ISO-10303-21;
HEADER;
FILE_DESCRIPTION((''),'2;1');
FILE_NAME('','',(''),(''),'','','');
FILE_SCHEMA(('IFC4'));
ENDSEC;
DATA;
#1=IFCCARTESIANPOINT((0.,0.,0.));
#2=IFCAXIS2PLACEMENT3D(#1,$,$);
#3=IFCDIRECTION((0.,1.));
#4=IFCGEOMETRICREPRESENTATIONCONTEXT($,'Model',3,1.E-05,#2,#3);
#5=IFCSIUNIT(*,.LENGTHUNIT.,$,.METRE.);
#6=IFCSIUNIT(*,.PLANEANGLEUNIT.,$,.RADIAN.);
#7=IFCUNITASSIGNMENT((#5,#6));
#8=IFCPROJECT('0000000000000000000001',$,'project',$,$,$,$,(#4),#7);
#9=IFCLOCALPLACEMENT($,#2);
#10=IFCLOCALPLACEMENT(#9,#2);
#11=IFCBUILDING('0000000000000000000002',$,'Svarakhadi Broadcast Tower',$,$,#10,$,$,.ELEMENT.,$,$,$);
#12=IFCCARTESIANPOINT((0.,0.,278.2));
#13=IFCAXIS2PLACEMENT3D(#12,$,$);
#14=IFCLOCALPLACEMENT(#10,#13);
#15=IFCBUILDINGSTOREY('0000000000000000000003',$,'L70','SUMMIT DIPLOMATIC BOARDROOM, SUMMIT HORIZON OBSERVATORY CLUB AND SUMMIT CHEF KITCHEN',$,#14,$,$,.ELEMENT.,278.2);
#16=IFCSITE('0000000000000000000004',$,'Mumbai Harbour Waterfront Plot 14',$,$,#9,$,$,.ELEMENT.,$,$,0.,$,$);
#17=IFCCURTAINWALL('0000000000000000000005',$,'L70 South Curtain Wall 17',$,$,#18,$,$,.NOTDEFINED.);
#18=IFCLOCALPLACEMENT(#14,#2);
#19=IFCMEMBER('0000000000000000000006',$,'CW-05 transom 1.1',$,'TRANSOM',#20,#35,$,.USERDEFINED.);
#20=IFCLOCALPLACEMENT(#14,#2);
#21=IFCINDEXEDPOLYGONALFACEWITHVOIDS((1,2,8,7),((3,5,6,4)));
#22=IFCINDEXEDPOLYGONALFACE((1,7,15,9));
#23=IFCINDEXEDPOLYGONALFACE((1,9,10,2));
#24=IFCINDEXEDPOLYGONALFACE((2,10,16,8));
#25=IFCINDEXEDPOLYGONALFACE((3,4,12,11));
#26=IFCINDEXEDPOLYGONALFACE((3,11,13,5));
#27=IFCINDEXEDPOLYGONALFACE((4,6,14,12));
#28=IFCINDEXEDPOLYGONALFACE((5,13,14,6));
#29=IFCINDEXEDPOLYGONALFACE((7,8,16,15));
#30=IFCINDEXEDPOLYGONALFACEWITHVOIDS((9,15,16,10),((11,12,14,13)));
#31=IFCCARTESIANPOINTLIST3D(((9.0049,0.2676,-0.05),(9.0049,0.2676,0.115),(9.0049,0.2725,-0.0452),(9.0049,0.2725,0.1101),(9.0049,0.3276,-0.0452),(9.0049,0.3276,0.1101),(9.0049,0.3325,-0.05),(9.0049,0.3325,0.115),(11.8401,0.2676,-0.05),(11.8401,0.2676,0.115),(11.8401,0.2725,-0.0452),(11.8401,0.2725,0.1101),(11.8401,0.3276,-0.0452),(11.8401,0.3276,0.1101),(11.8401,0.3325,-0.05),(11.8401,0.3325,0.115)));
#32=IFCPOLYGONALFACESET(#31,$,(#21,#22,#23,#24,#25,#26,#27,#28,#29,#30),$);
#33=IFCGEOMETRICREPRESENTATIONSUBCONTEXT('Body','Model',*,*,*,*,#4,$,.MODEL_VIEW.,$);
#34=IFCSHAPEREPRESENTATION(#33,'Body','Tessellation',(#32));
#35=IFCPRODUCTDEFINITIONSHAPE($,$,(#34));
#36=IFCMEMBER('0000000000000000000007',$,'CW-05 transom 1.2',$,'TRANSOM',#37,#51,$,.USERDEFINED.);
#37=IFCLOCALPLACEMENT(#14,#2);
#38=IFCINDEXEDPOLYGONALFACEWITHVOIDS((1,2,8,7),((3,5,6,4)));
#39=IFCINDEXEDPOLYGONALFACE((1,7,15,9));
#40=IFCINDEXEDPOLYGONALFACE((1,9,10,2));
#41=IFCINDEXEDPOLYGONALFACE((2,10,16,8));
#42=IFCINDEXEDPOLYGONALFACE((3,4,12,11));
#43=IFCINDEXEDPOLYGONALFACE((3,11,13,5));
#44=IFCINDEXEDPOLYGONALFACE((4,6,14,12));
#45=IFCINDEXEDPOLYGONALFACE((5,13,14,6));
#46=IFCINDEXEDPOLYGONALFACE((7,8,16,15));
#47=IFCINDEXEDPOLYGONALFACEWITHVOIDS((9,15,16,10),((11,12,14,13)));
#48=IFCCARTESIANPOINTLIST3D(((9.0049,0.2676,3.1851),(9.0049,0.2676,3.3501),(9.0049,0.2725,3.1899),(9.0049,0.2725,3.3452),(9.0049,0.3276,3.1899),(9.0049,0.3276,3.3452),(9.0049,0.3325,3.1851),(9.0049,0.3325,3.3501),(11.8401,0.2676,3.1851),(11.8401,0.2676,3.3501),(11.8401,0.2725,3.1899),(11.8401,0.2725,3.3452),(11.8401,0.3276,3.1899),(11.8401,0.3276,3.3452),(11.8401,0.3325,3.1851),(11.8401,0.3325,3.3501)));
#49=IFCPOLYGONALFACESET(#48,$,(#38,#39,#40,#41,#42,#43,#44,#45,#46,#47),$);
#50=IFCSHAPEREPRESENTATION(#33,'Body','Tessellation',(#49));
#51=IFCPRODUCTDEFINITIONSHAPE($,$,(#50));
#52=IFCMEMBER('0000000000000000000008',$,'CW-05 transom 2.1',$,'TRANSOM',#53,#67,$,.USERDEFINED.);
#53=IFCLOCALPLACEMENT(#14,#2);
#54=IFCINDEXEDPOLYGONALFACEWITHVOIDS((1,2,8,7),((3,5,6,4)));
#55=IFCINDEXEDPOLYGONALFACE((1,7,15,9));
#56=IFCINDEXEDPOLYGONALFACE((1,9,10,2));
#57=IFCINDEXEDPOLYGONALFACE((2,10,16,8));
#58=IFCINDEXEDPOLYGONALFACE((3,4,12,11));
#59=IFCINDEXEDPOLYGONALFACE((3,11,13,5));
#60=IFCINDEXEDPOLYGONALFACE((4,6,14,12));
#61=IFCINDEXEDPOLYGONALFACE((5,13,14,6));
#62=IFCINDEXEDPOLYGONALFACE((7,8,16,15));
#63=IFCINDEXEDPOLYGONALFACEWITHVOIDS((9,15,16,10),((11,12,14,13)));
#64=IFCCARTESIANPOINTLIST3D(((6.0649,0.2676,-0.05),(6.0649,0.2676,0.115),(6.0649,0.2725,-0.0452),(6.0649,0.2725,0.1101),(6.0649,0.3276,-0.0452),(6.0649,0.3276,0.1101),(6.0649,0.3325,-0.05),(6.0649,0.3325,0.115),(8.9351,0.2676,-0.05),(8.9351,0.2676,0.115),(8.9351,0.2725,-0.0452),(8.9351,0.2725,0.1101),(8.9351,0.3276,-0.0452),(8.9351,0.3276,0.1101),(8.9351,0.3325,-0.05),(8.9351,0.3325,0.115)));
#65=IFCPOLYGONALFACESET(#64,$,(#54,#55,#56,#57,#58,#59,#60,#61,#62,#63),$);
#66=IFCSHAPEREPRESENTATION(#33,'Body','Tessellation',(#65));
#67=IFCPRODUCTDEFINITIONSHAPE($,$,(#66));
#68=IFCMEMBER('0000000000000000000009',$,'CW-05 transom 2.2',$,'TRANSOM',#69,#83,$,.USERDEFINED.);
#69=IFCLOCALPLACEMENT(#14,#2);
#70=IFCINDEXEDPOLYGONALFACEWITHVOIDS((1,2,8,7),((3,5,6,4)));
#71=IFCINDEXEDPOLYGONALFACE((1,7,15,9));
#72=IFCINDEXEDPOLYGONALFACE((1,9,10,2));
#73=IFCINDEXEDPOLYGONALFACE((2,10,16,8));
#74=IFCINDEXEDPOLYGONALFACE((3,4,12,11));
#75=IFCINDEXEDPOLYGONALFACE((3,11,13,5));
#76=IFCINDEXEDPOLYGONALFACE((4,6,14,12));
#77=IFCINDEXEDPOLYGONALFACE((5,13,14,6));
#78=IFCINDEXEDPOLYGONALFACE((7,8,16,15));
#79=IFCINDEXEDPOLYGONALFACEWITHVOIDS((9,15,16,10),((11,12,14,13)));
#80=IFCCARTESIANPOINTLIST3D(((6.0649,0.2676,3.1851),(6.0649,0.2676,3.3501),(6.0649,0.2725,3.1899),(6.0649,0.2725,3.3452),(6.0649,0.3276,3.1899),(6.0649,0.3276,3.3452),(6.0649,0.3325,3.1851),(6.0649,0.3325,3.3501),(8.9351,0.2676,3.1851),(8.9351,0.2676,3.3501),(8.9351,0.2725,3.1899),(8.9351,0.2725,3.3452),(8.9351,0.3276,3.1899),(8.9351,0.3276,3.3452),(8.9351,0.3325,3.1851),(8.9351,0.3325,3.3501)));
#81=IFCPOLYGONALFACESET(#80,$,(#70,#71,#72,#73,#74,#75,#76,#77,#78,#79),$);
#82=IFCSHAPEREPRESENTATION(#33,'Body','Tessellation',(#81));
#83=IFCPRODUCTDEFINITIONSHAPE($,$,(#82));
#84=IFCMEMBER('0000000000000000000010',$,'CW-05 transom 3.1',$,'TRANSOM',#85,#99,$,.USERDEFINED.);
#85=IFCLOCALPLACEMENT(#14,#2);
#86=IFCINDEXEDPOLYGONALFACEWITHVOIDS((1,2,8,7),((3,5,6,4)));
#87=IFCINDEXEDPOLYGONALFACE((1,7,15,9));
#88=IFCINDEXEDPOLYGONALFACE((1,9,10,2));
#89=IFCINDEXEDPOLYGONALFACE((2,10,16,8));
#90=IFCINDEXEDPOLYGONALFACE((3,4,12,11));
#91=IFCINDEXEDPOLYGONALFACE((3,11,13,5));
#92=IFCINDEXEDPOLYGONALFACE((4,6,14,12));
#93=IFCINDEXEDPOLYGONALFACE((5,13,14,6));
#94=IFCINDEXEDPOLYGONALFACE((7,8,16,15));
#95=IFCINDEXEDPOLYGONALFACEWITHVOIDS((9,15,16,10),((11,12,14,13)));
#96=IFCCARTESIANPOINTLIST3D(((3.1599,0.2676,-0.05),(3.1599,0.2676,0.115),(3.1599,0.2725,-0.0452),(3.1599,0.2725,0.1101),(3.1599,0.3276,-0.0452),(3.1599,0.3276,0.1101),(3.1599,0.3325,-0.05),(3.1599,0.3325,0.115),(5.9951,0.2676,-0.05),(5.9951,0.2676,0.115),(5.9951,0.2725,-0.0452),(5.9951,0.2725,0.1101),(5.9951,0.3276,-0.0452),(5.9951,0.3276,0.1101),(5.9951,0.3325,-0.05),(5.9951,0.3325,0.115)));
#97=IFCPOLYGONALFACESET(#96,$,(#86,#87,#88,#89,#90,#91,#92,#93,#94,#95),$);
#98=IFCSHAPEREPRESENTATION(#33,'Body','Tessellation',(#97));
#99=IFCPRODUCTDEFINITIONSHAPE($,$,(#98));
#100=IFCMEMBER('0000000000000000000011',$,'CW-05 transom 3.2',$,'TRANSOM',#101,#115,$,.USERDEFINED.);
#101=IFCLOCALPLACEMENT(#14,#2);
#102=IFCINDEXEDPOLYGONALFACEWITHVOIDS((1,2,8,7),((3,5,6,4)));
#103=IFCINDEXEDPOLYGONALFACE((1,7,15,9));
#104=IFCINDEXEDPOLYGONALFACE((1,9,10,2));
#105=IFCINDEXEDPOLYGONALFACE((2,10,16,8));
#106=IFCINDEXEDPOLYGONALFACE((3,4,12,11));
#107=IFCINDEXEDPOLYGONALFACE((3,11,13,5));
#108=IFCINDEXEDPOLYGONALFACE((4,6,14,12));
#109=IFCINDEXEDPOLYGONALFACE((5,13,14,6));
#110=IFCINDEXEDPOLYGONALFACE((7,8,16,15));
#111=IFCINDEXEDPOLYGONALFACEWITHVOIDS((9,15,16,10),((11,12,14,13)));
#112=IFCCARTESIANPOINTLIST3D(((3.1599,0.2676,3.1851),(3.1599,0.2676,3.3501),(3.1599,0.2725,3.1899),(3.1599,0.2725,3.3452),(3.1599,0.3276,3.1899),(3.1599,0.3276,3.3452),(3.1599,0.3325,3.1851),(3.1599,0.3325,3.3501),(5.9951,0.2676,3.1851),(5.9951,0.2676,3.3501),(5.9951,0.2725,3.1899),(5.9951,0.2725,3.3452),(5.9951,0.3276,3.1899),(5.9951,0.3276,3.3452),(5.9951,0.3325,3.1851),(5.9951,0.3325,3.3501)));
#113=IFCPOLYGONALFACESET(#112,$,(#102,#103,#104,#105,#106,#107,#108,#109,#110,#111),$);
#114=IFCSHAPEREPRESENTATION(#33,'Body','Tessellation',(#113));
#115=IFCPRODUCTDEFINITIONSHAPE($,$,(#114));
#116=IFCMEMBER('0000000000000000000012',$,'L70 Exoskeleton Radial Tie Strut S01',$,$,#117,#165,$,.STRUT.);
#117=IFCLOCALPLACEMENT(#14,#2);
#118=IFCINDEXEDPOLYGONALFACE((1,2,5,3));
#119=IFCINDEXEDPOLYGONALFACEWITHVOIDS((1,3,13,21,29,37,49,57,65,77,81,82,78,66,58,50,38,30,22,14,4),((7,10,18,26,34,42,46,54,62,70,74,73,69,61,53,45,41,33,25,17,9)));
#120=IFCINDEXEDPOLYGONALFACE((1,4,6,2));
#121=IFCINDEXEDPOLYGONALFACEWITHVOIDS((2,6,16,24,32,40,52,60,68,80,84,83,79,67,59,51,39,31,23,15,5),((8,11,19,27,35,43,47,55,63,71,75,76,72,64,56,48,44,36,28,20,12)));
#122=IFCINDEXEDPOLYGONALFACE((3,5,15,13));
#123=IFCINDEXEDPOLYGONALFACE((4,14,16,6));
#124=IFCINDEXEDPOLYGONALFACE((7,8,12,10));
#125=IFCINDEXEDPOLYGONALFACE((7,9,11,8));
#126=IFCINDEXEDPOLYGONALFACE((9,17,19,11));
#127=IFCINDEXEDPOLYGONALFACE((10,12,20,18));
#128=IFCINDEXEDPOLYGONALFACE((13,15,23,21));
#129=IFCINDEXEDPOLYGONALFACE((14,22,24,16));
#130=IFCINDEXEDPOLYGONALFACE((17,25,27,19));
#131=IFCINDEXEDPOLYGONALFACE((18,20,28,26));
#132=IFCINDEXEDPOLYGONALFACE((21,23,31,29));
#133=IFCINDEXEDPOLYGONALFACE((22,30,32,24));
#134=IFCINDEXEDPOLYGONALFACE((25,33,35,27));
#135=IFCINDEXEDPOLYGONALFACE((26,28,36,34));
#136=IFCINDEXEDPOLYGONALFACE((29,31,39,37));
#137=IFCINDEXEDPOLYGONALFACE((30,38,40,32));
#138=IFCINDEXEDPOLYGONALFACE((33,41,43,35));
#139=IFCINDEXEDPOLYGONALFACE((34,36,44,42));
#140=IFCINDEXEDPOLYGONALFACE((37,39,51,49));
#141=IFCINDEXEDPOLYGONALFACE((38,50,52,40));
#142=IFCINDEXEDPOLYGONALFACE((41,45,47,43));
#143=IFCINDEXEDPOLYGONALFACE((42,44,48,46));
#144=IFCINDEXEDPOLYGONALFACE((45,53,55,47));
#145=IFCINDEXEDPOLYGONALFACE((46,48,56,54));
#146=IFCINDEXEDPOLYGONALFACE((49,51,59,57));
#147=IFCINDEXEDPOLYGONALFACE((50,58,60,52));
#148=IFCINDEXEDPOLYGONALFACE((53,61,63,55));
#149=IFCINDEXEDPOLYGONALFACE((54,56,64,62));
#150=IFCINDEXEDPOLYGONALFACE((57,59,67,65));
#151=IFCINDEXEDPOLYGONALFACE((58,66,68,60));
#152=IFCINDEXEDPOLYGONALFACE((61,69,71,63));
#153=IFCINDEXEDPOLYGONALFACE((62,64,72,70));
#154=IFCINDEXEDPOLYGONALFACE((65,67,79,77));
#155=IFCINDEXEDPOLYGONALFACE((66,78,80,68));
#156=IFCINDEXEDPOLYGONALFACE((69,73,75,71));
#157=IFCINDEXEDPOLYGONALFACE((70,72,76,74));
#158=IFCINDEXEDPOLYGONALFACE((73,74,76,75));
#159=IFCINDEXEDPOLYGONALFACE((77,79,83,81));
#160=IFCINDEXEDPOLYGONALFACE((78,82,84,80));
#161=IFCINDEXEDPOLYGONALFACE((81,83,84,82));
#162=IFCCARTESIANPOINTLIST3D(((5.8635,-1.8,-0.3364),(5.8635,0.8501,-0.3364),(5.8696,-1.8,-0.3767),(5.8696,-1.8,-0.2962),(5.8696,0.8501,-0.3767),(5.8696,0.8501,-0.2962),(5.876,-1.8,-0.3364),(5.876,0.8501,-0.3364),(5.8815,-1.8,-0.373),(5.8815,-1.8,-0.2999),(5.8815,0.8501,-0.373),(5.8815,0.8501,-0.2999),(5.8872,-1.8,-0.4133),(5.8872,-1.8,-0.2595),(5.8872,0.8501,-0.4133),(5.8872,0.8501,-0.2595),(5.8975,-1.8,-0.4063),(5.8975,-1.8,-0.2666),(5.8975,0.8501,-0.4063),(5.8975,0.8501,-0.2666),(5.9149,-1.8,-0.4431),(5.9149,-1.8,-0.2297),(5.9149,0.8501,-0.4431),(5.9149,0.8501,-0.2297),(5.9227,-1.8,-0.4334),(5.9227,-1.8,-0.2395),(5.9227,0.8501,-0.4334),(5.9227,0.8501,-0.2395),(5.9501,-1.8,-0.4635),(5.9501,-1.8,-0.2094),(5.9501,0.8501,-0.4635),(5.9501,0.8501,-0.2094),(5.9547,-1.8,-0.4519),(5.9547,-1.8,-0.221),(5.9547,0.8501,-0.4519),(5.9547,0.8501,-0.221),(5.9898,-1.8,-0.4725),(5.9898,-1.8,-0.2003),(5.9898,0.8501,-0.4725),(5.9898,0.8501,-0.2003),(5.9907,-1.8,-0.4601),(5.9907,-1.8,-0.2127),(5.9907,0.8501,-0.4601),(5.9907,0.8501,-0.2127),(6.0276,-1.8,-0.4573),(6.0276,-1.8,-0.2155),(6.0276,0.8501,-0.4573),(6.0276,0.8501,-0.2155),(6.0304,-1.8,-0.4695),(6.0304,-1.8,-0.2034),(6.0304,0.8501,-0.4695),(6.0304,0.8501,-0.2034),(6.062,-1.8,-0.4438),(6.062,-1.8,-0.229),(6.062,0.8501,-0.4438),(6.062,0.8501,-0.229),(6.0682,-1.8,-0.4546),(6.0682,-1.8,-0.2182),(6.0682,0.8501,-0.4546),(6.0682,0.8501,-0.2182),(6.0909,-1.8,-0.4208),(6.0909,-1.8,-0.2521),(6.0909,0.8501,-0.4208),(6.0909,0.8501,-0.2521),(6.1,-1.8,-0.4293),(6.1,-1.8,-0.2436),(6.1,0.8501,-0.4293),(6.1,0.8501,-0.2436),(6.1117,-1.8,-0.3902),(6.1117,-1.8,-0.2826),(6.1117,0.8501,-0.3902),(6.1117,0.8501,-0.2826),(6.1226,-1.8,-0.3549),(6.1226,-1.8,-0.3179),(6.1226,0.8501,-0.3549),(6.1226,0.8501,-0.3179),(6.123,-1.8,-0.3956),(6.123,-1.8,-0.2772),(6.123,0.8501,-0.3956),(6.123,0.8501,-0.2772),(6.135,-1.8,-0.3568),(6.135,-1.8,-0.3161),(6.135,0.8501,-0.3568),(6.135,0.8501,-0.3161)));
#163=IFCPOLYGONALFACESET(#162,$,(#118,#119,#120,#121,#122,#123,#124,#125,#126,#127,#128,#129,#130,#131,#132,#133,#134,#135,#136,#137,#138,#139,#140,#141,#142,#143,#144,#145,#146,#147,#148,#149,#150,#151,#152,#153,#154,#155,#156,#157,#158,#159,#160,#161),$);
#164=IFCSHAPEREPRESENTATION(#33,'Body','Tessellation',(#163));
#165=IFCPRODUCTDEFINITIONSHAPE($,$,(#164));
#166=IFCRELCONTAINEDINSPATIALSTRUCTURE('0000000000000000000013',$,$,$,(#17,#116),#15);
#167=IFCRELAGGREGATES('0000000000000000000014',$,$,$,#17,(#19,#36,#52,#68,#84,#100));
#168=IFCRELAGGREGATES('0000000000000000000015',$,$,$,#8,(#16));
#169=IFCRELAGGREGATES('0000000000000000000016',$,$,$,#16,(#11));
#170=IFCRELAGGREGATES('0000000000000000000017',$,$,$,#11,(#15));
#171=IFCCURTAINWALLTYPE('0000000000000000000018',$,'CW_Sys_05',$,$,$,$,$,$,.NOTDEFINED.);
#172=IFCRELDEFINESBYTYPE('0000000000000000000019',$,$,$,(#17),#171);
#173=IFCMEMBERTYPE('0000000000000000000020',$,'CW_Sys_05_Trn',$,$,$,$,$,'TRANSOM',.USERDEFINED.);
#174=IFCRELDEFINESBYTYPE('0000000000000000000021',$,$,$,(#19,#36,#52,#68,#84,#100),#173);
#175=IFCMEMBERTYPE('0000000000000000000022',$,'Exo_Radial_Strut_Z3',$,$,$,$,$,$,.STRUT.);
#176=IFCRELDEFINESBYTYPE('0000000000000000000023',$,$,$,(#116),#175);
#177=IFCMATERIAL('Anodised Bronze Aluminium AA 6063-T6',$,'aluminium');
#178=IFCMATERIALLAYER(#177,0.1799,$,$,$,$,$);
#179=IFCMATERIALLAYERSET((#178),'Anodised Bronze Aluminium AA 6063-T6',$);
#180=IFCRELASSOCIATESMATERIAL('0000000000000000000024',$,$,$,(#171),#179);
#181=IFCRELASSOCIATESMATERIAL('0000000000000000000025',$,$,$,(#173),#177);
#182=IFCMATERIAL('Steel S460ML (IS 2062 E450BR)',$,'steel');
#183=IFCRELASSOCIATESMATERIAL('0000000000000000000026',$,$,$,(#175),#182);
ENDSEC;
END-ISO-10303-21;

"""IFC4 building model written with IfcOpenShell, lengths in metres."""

from ifc_helpers import new_model, si_unit, direction, frame, origin, origin_2d, place, context, subcontext, project, spatial, hollow_rectangle, hollow_circle, extrude, material, layer, layer_set, material_profile, profile_set, type_object, element, aggregate, save


model = new_model("IFC4")

# Units and contexts
model_context = context("Model", 3, precision=1e-05, world=origin(), true_north=direction((0.0, 1.0)))
body_context = subcontext(model_context, "Body", "Model", "MODEL_VIEW")
ifc_project = project(units=[si_unit("LENGTHUNIT", "METRE"), si_unit("PLANEANGLEUNIT", "RADIAN")], contexts=[model_context])

# Site, building, storey
site_placement = place(None, origin())
site = spatial("IfcSite", under=ifc_project, at=site_placement, Name="Mumbai Harbour Waterfront Plot 14", CompositionType="ELEMENT", RefElevation=0.0)
building_placement = place(site_placement, origin())
building = spatial("IfcBuilding", under=site, at=building_placement, Name="Svarakhadi Broadcast Tower", CompositionType="ELEMENT")
storey_placement = place(building_placement, frame((0.0, 0.0, 278.2)))
storey = spatial("IfcBuildingStorey", under=building, at=storey_placement, Name="L70", Description="SUMMIT DIPLOMATIC BOARDROOM, SUMMIT HORIZON OBSERVATORY CLUB AND SUMMIT CHEF KITCHEN", CompositionType="ELEMENT", Elevation=278.2)

# Shared definitions
ifc_material_1 = material(Name="Steel S460ML (IS 2062 E450BR)", Category="steel")

# Curtain wall, members
ifc_material_2 = material(Name="Anodised Bronze Aluminium AA 6063-T6", Category="aluminium")
ifc_layer_1 = layer(ifc_material_2, 0.1799)
ifc_layer_set_1 = layer_set([ifc_layer_1], Name="Anodised Bronze Aluminium AA 6063-T6")
curtain_wall_type = type_object("IfcCurtainWallType", Name="CW_Sys_05", PredefinedType="NOTDEFINED", material=ifc_layer_set_1)
curtain_wall_placement = place(storey_placement, origin())
curtain_wall = element("IfcCurtainWall", 1, at=curtain_wall_placement, inside=storey, type_object=curtain_wall_type, Name="L70 South Curtain Wall 17", PredefinedType="NOTDEFINED")
ifc_material_profile_1 = material_profile(ifc_material_2, hollow_rectangle(XDim=0.0649, YDim=0.165, WallThickness=0.0049, at=origin_2d()), Name="ALU TRANSOM 165x65x5")
ifc_profile_set_1 = profile_set([ifc_material_profile_1], Name="Anodised Bronze Aluminium AA 6063-T6")
member_type_1 = type_object("IfcMemberType", Name="CW_Sys_05_Trn", ElementType="TRANSOM", PredefinedType="USERDEFINED", material=ifc_profile_set_1)
member_1_placement = place(storey_placement, frame((11.8401, 0.3, 0.0325), z_axis=(-1.0, 0.0, 0.0), x_axis=(0.0, -1.0, 0.0)))
member_1 = element("IfcMember", 2, at=member_1_placement, type_object=member_type_1, Name="CW-05 transom 1.1", ObjectType="TRANSOM", PredefinedType="USERDEFINED", context=body_context, shape_type="SweptSolid", body=[
    extrude(hollow_rectangle(XDim=0.0649, YDim=0.165, WallThickness=0.0049, at=origin_2d()), origin(), (0.0, 0.0, 1.0), 2.8352),
])
member_2_placement = place(storey_placement, frame((11.8401, 0.3, 3.2676), z_axis=(-1.0, 0.0, 0.0), x_axis=(0.0, -1.0, 0.0)))
member_2 = element("IfcMember", 3, at=member_2_placement, type_object=member_type_1, Name="CW-05 transom 1.2", ObjectType="TRANSOM", PredefinedType="USERDEFINED", context=body_context, shape_type="SweptSolid", body=[
    extrude(hollow_rectangle(XDim=0.0649, YDim=0.165, WallThickness=0.0049, at=origin_2d()), origin(), (0.0, 0.0, 1.0), 2.8352),
])
member_3_placement = place(storey_placement, frame((8.9351, 0.3, 0.0325), z_axis=(-1.0, 0.0, 0.0), x_axis=(0.0, -1.0, 0.0)))
member_3 = element("IfcMember", 4, at=member_3_placement, type_object=member_type_1, Name="CW-05 transom 2.1", ObjectType="TRANSOM", PredefinedType="USERDEFINED", context=body_context, shape_type="SweptSolid", body=[
    extrude(hollow_rectangle(XDim=0.0649, YDim=0.165, WallThickness=0.0049, at=origin_2d()), origin(), (0.0, 0.0, 1.0), 2.8701),
])
member_4_placement = place(storey_placement, frame((8.9351, 0.3, 3.2676), z_axis=(-1.0, 0.0, 0.0), x_axis=(0.0, -1.0, 0.0)))
member_4 = element("IfcMember", 5, at=member_4_placement, type_object=member_type_1, Name="CW-05 transom 2.2", ObjectType="TRANSOM", PredefinedType="USERDEFINED", context=body_context, shape_type="SweptSolid", body=[
    extrude(hollow_rectangle(XDim=0.0649, YDim=0.165, WallThickness=0.0049, at=origin_2d()), origin(), (0.0, 0.0, 1.0), 2.8701),
])
member_5_placement = place(storey_placement, frame((5.9951, 0.3, 0.0325), z_axis=(-1.0, 0.0, 0.0), x_axis=(0.0, -1.0, 0.0)))
member_5 = element("IfcMember", 6, at=member_5_placement, type_object=member_type_1, Name="CW-05 transom 3.1", ObjectType="TRANSOM", PredefinedType="USERDEFINED", context=body_context, shape_type="SweptSolid", body=[
    extrude(hollow_rectangle(XDim=0.0649, YDim=0.165, WallThickness=0.0049, at=origin_2d()), origin(), (0.0, 0.0, 1.0), 2.8352),
])
member_6_placement = place(storey_placement, frame((5.9951, 0.3, 3.2676), z_axis=(-1.0, 0.0, 0.0), x_axis=(0.0, -1.0, 0.0)))
member_6 = element("IfcMember", 7, at=member_6_placement, type_object=member_type_1, Name="CW-05 transom 3.2", ObjectType="TRANSOM", PredefinedType="USERDEFINED", context=body_context, shape_type="SweptSolid", body=[
    extrude(hollow_rectangle(XDim=0.0649, YDim=0.165, WallThickness=0.0049, at=origin_2d()), origin(), (0.0, 0.0, 1.0), 2.8352),
])

# Member
ifc_material_profile_2 = material_profile(ifc_material_1, hollow_circle(Radius=0.1365, WallThickness=0.0125, at=origin_2d()), Name="CHS 273x12.5")
ifc_profile_set_2 = profile_set([ifc_material_profile_2], Name="Steel S460ML (IS 2062 E450BR)")
member_type_2 = type_object("IfcMemberType", Name="Exo_Radial_Strut_Z3", PredefinedType="STRUT", material=ifc_profile_set_2)
member_7_placement = place(storey_placement, frame((6.0, -1.8, -0.3364), z_axis=(0.0, 1.0, 0.0), x_axis=(-1.0, 0.0, 0.0)))
element("IfcMember", 8, at=member_7_placement, inside=storey, type_object=member_type_2, Name="L70 Exoskeleton Radial Tie Strut S01", PredefinedType="STRUT", context=body_context, shape_type="SweptSolid", body=[
    extrude(hollow_circle(Radius=0.1365, WallThickness=0.0125, at=origin_2d()), origin(), (0.0, 0.0, 1.0), 2.6501),
])

aggregate(curtain_wall, [member_1, member_2, member_3, member_4, member_5, member_6])

save(model, "model.ifc")
